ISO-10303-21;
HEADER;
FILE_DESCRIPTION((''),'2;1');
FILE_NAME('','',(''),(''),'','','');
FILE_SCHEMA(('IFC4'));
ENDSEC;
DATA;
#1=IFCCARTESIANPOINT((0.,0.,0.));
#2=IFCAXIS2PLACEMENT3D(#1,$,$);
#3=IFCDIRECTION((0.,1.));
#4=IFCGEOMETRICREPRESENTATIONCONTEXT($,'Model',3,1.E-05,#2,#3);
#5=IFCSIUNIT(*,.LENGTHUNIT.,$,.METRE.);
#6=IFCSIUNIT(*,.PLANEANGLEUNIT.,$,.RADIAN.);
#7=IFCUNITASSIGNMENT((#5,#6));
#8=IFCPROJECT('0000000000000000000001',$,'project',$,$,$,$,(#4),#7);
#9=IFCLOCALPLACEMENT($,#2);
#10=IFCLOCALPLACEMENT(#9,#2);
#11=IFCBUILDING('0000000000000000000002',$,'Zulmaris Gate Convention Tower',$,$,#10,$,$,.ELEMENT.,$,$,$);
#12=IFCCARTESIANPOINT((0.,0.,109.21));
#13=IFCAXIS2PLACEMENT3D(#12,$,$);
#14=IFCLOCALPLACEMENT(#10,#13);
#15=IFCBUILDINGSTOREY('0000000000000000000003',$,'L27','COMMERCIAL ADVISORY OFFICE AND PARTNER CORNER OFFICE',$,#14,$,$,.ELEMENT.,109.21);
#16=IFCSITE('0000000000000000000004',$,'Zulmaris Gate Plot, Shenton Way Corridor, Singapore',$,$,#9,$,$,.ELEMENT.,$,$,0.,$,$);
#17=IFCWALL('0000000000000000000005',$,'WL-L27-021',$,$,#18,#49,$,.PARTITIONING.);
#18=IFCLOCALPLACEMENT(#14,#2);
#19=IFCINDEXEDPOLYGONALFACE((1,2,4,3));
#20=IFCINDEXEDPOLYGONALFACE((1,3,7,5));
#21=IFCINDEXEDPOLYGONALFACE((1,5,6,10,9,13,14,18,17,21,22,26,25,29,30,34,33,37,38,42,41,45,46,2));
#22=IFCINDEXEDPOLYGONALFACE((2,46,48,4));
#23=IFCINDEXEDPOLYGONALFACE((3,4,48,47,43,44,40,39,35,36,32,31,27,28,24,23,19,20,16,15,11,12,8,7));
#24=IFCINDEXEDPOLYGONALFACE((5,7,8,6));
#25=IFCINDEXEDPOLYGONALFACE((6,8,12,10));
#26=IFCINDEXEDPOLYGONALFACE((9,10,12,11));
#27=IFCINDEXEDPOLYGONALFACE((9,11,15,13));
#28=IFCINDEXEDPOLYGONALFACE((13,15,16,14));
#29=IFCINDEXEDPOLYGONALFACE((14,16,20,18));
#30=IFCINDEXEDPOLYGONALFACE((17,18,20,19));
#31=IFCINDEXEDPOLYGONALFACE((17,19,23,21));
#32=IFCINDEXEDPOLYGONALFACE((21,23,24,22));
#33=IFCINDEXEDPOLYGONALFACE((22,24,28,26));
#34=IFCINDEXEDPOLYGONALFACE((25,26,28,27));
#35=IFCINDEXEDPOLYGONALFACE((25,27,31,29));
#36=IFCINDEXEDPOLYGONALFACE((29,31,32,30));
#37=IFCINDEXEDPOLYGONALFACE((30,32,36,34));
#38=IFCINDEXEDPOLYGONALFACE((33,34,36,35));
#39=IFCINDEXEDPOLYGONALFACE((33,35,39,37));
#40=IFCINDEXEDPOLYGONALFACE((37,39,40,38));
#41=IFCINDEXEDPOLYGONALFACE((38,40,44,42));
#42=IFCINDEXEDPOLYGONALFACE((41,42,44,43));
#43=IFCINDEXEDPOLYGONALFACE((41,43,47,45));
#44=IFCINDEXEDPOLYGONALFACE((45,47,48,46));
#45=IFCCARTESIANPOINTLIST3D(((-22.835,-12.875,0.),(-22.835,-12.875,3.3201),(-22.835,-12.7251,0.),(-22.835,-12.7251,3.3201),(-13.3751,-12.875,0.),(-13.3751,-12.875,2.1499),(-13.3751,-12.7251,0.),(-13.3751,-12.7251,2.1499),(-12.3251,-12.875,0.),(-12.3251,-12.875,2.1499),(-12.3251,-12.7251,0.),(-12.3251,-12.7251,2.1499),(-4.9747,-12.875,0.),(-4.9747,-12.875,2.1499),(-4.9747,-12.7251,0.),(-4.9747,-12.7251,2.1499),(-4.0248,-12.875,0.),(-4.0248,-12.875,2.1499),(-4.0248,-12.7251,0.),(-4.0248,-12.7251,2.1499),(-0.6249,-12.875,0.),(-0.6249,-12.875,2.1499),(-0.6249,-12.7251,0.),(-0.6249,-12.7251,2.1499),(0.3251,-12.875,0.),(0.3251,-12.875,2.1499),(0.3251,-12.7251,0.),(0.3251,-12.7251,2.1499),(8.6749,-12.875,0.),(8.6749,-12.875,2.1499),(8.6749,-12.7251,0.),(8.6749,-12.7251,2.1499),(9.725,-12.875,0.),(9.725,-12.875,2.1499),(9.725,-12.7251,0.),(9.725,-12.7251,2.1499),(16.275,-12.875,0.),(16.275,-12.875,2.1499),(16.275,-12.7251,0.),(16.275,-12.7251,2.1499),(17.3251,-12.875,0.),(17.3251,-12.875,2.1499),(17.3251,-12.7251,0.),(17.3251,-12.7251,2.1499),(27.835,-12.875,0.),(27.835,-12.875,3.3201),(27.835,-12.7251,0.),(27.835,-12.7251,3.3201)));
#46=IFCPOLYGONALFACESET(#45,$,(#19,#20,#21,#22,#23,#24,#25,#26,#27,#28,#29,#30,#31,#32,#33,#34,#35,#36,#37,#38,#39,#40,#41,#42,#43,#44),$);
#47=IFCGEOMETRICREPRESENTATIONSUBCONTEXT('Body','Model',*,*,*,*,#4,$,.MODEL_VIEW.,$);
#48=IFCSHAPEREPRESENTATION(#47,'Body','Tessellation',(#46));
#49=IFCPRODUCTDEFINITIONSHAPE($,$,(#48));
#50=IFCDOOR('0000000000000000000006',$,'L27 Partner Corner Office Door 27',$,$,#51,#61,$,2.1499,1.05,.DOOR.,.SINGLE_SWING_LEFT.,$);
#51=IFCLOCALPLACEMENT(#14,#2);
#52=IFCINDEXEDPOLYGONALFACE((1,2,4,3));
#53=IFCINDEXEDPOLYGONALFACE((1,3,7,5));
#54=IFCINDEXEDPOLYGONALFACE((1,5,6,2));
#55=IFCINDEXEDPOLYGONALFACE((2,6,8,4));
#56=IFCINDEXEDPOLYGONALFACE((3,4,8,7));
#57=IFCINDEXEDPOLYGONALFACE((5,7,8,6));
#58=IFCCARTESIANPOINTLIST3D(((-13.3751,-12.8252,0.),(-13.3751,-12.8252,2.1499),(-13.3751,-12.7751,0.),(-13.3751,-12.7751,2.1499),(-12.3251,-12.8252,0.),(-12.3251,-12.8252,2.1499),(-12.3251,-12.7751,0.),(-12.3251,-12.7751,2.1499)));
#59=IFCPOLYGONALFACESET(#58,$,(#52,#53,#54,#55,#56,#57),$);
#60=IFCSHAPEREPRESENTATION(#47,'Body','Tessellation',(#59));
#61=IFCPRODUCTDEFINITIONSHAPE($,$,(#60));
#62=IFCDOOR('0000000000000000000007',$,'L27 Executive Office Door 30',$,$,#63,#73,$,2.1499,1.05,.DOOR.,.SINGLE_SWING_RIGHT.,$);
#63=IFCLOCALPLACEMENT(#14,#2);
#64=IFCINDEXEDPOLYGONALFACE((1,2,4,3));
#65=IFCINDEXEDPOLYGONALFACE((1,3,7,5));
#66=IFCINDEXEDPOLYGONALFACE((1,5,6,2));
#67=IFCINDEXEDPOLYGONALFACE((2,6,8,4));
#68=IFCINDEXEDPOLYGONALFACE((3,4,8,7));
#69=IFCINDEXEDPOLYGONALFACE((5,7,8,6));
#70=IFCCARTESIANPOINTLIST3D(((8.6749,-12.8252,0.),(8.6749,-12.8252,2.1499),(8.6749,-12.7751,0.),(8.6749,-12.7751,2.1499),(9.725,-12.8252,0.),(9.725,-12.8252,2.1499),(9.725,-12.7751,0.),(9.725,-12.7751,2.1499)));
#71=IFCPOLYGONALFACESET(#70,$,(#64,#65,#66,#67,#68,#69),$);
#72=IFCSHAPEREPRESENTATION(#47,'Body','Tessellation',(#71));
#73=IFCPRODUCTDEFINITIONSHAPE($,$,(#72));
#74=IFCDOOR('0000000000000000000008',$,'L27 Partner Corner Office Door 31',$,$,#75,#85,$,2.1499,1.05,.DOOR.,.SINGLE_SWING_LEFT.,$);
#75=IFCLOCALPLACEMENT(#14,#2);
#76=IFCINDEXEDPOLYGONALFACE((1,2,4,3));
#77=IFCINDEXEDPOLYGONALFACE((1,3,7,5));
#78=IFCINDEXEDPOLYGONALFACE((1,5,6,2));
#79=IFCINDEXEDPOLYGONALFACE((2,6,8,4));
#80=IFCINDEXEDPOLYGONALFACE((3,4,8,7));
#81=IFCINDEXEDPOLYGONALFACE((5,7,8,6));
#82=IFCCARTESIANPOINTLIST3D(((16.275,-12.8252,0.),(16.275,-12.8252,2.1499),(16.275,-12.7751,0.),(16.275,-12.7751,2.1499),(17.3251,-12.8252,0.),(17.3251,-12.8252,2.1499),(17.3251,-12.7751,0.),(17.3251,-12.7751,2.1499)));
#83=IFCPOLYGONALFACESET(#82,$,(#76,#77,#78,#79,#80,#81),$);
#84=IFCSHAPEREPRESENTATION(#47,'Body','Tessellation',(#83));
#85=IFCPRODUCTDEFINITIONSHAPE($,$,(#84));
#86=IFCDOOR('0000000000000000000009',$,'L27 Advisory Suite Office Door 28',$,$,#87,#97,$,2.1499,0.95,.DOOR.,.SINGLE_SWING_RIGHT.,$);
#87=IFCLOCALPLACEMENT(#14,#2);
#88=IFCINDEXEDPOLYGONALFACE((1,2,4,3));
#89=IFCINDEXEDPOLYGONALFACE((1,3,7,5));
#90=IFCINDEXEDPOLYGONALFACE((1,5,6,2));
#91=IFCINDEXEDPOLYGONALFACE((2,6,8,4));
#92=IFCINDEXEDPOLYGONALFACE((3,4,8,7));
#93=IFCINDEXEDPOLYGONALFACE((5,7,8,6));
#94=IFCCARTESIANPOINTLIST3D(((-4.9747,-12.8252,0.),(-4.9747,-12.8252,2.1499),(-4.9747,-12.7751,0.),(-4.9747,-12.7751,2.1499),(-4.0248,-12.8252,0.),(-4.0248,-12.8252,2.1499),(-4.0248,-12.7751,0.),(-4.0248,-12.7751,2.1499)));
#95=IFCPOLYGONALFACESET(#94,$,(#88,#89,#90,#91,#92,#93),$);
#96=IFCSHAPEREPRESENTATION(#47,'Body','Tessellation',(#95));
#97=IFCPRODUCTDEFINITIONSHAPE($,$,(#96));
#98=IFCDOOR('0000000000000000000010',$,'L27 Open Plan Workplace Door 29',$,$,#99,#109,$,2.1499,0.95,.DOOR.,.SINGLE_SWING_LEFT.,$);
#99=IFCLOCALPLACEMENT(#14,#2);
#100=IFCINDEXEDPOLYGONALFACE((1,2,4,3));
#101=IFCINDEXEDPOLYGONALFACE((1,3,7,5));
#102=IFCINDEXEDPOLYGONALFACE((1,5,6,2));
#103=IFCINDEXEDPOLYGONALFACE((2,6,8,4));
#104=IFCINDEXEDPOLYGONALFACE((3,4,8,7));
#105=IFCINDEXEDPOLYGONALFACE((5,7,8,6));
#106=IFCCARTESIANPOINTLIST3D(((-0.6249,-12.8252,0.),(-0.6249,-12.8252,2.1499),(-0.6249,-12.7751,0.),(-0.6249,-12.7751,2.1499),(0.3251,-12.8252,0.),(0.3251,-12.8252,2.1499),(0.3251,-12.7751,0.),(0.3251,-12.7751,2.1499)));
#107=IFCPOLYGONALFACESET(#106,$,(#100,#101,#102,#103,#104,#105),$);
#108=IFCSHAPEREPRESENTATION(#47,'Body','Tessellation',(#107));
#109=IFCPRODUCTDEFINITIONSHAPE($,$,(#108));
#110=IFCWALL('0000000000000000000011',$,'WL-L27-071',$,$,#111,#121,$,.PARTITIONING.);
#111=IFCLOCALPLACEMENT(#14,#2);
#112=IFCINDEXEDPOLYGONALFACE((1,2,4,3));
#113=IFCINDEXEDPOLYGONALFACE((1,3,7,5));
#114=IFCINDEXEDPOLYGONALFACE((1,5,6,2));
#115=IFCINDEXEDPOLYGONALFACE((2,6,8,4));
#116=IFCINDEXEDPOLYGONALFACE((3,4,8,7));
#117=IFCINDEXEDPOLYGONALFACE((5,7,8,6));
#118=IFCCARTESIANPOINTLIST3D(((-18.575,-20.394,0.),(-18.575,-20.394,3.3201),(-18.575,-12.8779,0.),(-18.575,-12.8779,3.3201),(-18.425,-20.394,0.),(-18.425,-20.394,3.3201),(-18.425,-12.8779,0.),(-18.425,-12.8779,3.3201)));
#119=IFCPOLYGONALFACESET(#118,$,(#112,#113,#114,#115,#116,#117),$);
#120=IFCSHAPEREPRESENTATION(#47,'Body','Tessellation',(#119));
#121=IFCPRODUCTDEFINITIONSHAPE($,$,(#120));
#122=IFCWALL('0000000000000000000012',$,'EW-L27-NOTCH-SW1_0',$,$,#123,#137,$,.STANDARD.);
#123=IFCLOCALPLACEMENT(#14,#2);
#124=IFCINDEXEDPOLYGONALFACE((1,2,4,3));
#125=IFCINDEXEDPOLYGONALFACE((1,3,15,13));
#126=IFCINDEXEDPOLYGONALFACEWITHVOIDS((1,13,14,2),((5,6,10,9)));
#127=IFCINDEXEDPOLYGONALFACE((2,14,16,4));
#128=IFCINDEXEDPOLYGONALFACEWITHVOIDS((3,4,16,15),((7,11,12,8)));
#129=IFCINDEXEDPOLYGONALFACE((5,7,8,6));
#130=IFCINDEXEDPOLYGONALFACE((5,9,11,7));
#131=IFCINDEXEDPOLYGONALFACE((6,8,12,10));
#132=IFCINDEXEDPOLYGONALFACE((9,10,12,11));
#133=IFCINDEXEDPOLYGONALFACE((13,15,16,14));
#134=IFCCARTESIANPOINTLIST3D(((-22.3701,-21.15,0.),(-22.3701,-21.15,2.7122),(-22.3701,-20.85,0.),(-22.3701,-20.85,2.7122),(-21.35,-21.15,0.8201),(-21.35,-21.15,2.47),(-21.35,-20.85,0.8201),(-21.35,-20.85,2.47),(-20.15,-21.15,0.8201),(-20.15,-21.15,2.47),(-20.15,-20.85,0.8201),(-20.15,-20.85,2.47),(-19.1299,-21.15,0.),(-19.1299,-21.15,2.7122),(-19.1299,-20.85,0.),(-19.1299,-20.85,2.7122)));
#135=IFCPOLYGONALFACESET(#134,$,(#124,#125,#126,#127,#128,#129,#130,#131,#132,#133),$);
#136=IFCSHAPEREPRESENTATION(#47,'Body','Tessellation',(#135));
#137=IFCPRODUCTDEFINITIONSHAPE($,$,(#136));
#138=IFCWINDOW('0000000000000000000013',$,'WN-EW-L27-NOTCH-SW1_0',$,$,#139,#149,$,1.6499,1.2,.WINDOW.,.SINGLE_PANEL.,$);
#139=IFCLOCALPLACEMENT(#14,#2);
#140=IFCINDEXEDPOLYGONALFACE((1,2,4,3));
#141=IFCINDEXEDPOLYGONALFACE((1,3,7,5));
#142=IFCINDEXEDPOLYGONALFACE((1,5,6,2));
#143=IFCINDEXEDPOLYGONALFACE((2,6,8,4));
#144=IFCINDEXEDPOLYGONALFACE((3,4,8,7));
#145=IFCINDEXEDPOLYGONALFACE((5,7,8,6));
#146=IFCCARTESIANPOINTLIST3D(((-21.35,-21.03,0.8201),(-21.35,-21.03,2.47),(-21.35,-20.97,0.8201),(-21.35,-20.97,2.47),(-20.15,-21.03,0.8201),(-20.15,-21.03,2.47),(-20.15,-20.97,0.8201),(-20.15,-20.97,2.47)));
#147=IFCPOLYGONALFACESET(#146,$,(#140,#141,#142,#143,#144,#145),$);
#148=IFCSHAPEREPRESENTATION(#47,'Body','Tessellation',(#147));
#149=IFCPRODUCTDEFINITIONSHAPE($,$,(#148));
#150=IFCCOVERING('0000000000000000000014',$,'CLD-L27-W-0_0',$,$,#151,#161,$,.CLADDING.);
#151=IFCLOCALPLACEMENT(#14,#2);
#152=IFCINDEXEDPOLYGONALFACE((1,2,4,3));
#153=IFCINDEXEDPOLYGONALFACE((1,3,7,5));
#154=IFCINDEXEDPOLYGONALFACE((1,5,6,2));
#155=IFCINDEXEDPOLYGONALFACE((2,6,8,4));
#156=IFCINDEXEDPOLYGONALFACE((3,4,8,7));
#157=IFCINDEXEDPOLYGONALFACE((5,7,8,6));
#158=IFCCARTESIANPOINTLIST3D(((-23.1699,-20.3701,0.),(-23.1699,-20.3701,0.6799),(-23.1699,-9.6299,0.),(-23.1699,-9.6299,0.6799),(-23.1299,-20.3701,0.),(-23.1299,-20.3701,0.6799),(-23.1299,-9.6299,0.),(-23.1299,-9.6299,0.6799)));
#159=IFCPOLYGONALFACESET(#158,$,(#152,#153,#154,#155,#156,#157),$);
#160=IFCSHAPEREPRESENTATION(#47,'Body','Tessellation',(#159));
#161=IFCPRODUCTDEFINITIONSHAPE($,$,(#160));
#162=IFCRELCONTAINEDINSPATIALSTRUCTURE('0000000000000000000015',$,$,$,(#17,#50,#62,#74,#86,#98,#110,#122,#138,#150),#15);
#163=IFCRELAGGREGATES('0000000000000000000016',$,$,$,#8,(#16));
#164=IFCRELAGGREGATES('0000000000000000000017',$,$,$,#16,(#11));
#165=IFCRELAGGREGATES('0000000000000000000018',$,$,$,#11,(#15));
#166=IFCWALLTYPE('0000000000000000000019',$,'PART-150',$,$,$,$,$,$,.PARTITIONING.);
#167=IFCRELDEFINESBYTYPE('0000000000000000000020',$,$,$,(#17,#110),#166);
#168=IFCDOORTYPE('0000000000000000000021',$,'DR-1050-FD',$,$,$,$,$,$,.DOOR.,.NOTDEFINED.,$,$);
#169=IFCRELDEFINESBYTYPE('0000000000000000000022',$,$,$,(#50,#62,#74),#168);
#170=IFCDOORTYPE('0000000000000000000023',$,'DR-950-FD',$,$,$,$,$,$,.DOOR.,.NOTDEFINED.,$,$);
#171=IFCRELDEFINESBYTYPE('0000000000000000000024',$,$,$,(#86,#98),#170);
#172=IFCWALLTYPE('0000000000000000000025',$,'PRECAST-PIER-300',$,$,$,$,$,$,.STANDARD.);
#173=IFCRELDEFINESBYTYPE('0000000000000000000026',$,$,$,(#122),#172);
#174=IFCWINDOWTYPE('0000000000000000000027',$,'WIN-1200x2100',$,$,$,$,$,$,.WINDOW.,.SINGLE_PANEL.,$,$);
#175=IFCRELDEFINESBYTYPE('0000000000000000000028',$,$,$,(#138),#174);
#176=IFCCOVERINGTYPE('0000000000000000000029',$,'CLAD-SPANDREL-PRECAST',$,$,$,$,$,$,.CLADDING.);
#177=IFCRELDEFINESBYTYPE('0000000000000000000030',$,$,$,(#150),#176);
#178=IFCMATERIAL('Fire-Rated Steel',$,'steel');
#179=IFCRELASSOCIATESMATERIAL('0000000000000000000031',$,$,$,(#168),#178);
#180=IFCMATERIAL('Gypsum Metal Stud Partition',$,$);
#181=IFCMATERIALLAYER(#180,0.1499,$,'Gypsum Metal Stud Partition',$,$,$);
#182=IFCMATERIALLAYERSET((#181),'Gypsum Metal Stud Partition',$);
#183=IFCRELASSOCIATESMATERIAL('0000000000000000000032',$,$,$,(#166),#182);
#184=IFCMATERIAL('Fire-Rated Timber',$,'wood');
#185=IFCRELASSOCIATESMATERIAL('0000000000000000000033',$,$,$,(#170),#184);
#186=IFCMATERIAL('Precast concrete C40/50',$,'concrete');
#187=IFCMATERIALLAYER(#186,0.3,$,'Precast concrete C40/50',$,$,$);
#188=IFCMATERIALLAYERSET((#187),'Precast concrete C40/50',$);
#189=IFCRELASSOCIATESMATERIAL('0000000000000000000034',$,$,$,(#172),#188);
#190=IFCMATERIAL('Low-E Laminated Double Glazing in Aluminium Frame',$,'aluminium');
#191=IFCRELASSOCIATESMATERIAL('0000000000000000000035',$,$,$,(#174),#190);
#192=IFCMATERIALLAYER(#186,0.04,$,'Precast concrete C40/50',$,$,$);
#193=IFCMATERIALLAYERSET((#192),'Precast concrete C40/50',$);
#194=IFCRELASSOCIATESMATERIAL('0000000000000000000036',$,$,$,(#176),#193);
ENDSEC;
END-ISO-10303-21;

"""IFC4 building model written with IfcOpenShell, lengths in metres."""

from ifc_helpers import new_model, si_unit, direction, frame, frame_2d, origin, place, context, subcontext, project, spatial, rectangle, extrude, material, layer, layer_set, type_object, element, fill, save


model = new_model("IFC4")

# Units and contexts
model_context = context("Model", 3, precision=1e-05, world=origin(), true_north=direction((0.0, 1.0)))
body_context = subcontext(model_context, "Body", "Model", "MODEL_VIEW")
ifc_project = project(units=[si_unit("LENGTHUNIT", "METRE"), si_unit("PLANEANGLEUNIT", "RADIAN")], contexts=[model_context])

# Site, building, storey
site_placement = place(None, origin())
site = spatial("IfcSite", under=ifc_project, at=site_placement, Name="Zulmaris Gate Plot, Shenton Way Corridor, Singapore", CompositionType="ELEMENT", RefElevation=0.0)
building_placement = place(site_placement, origin())
building = spatial("IfcBuilding", under=site, at=building_placement, Name="Zulmaris Gate Convention Tower", CompositionType="ELEMENT")
storey_placement = place(building_placement, frame((0.0, 0.0, 109.21)))
storey = spatial("IfcBuildingStorey", under=building, at=storey_placement, Name="L27", Description="COMMERCIAL ADVISORY OFFICE AND PARTNER CORNER OFFICE", CompositionType="ELEMENT", Elevation=109.21)

# Shared definitions
ifc_material_1 = material(Name="Fire-Rated Steel", Category="steel")
door_type_1 = type_object("IfcDoorType", Name="DR-1050-FD", OperationType="NOTDEFINED", PredefinedType="DOOR", material=ifc_material_1)

# Wall, openings, doors
ifc_material_2 = material(Name="Gypsum Metal Stud Partition")
ifc_layer_1 = layer(ifc_material_2, 0.1499, Name="Gypsum Metal Stud Partition")
ifc_layer_set_1 = layer_set([ifc_layer_1], Name="Gypsum Metal Stud Partition")
wall_type_1 = type_object("IfcWallType", Name="PART-150", PredefinedType="PARTITIONING", material=ifc_layer_set_1)
wall_1_placement = place(storey_placement, frame((-22.835, -12.8, 0.0), z_axis=(0.0, 0.0, 1.0), x_axis=(1.0, 0.0, 0.0)))
wall_1 = element("IfcWall", 1, at=wall_1_placement, inside=storey, type_object=wall_type_1, Name="WL-L27-021", PredefinedType="PARTITIONING", context=body_context, shape_type="SweptSolid", body=[
    extrude(rectangle(XDim=50.6699, YDim=0.1499, at=frame_2d((25.335, 0.0))), origin(), (0.0, 0.0, 1.0), 3.3201),
])
opening_1_placement = place(wall_1_placement, frame((9.46, 0.0, 0.0)))
opening_1 = element("IfcOpeningElement", 2, at=opening_1_placement, cuts=wall_1, PredefinedType="OPENING", context=body_context, shape_type="SweptSolid", body=[
    extrude(rectangle(XDim=1.05, YDim=2.1499, at=frame_2d((0.5249, 1.075))), frame((0.0, 0.085, 0.0), z_axis=(0.0, -1.0, 0.0), x_axis=(1.0, 0.0, 0.0)), (0.0, 0.0, 1.0), 0.1699),
])
opening_2_placement = place(wall_1_placement, frame((17.8601, 0.0, 0.0)))
opening_2 = element("IfcOpeningElement", 3, at=opening_2_placement, cuts=wall_1, PredefinedType="OPENING", context=body_context, shape_type="SweptSolid", body=[
    extrude(rectangle(XDim=0.95, YDim=2.1499, at=frame_2d((0.4751, 1.075))), frame((0.0, 0.085, 0.0), z_axis=(0.0, -1.0, 0.0), x_axis=(1.0, 0.0, 0.0)), (0.0, 0.0, 1.0), 0.1699),
])
opening_3_placement = place(wall_1_placement, frame((22.21, 0.0, 0.0)))
opening_3 = element("IfcOpeningElement", 4, at=opening_3_placement, cuts=wall_1, PredefinedType="OPENING", context=body_context, shape_type="SweptSolid", body=[
    extrude(rectangle(XDim=0.95, YDim=2.1499, at=frame_2d((0.4751, 1.075))), frame((0.0, 0.085, 0.0), z_axis=(0.0, -1.0, 0.0), x_axis=(1.0, 0.0, 0.0)), (0.0, 0.0, 1.0), 0.1699),
])
opening_4_placement = place(wall_1_placement, frame((31.51, 0.0, 0.0)))
opening_4 = element("IfcOpeningElement", 5, at=opening_4_placement, cuts=wall_1, PredefinedType="OPENING", context=body_context, shape_type="SweptSolid", body=[
    extrude(rectangle(XDim=1.05, YDim=2.1499, at=frame_2d((0.5249, 1.075))), frame((0.0, 0.085, 0.0), z_axis=(0.0, -1.0, 0.0), x_axis=(1.0, 0.0, 0.0)), (0.0, 0.0, 1.0), 0.1699),
])
opening_5_placement = place(wall_1_placement, frame((39.1101, 0.0, 0.0)))
opening_5 = element("IfcOpeningElement", 6, at=opening_5_placement, cuts=wall_1, PredefinedType="OPENING", context=body_context, shape_type="SweptSolid", body=[
    extrude(rectangle(XDim=1.05, YDim=2.1499, at=frame_2d((0.5249, 1.075))), frame((0.0, 0.085, 0.0), z_axis=(0.0, -1.0, 0.0), x_axis=(1.0, 0.0, 0.0)), (0.0, 0.0, 1.0), 0.1699),
])
door_1_placement = place(opening_1_placement, origin())
door_1 = element("IfcDoor", 7, at=door_1_placement, inside=storey, type_object=door_type_1, Name="L27 Partner Corner Office Door 27", OperationType="SINGLE_SWING_LEFT", OverallHeight=2.1499, OverallWidth=1.05, PredefinedType="DOOR", context=body_context, shape_type="SweptSolid", body=[
    extrude(rectangle(XDim=1.05, YDim=2.1499, at=frame_2d((0.5249, 1.075))), frame((0.0, 0.0249, 0.0), z_axis=(0.0, -1.0, 0.0), x_axis=(1.0, 0.0, 0.0)), (0.0, 0.0, 1.0), 0.05),
])
fill(opening_1, door_1)
door_2_placement = place(opening_4_placement, origin())
door_2 = element("IfcDoor", 8, at=door_2_placement, inside=storey, type_object=door_type_1, Name="L27 Executive Office Door 30", OperationType="SINGLE_SWING_RIGHT", OverallHeight=2.1499, OverallWidth=1.05, PredefinedType="DOOR", context=body_context, shape_type="SweptSolid", body=[
    extrude(rectangle(XDim=1.05, YDim=2.1499, at=frame_2d((0.5249, 1.075))), frame((0.0, 0.0249, 0.0), z_axis=(0.0, -1.0, 0.0), x_axis=(1.0, 0.0, 0.0)), (0.0, 0.0, 1.0), 0.05),
])
fill(opening_4, door_2)
door_3_placement = place(opening_5_placement, origin())
door_3 = element("IfcDoor", 9, at=door_3_placement, inside=storey, type_object=door_type_1, Name="L27 Partner Corner Office Door 31", OperationType="SINGLE_SWING_LEFT", OverallHeight=2.1499, OverallWidth=1.05, PredefinedType="DOOR", context=body_context, shape_type="SweptSolid", body=[
    extrude(rectangle(XDim=1.05, YDim=2.1499, at=frame_2d((0.5249, 1.075))), frame((0.0, 0.0249, 0.0), z_axis=(0.0, -1.0, 0.0), x_axis=(1.0, 0.0, 0.0)), (0.0, 0.0, 1.0), 0.05),
])
fill(opening_5, door_3)
ifc_material_3 = material(Name="Fire-Rated Timber", Category="wood")
door_type_2 = type_object("IfcDoorType", Name="DR-950-FD", OperationType="NOTDEFINED", PredefinedType="DOOR", material=ifc_material_3)
door_4_placement = place(opening_2_placement, origin())
door_4 = element("IfcDoor", 10, at=door_4_placement, inside=storey, type_object=door_type_2, Name="L27 Advisory Suite Office Door 28", OperationType="SINGLE_SWING_RIGHT", OverallHeight=2.1499, OverallWidth=0.95, PredefinedType="DOOR", context=body_context, shape_type="SweptSolid", body=[
    extrude(rectangle(XDim=0.95, YDim=2.1499, at=frame_2d((0.4751, 1.075))), frame((0.0, 0.0249, 0.0), z_axis=(0.0, -1.0, 0.0), x_axis=(1.0, 0.0, 0.0)), (0.0, 0.0, 1.0), 0.05),
])
fill(opening_2, door_4)
door_5_placement = place(opening_3_placement, origin())
door_5 = element("IfcDoor", 11, at=door_5_placement, inside=storey, type_object=door_type_2, Name="L27 Open Plan Workplace Door 29", OperationType="SINGLE_SWING_LEFT", OverallHeight=2.1499, OverallWidth=0.95, PredefinedType="DOOR", context=body_context, shape_type="SweptSolid", body=[
    extrude(rectangle(XDim=0.95, YDim=2.1499, at=frame_2d((0.4751, 1.075))), frame((0.0, 0.0249, 0.0), z_axis=(0.0, -1.0, 0.0), x_axis=(1.0, 0.0, 0.0)), (0.0, 0.0, 1.0), 0.05),
])
fill(opening_3, door_5)

# Wall
wall_2_placement = place(storey_placement, frame((-18.5, -20.394, 0.0), z_axis=(0.0, 0.0, 1.0), x_axis=(0.0, 1.0, 0.0)))
element("IfcWall", 12, at=wall_2_placement, inside=storey, type_object=wall_type_1, Name="WL-L27-071", PredefinedType="PARTITIONING", context=body_context, shape_type="SweptSolid", body=[
    extrude(rectangle(XDim=7.5161, YDim=0.1499, at=frame_2d((3.7581, 0.0))), origin(), (0.0, 0.0, 1.0), 3.3201),
])

# Wall, opening, window
ifc_material_4 = material(Name="Precast concrete C40/50", Category="concrete")
ifc_layer_2 = layer(ifc_material_4, 0.3, Name="Precast concrete C40/50")
ifc_layer_set_2 = layer_set([ifc_layer_2], Name="Precast concrete C40/50")
wall_type_2 = type_object("IfcWallType", Name="PRECAST-PIER-300", PredefinedType="STANDARD", material=ifc_layer_set_2)
wall_3_placement = place(storey_placement, frame((-22.3701, -21.0, 0.0), z_axis=(0.0, 0.0, 1.0), x_axis=(1.0, 0.0, 0.0)))
wall_3 = element("IfcWall", 13, at=wall_3_placement, inside=storey, type_object=wall_type_2, Name="EW-L27-NOTCH-SW1_0", PredefinedType="STANDARD", context=body_context, shape_type="SweptSolid", body=[
    extrude(rectangle(XDim=3.2402, YDim=0.3, at=frame_2d((1.6201, 0.0))), origin(), (0.0, 0.0, 1.0), 2.7122),
])
opening_6_placement = place(wall_3_placement, frame((1.02, 0.0, 0.8201)))
opening_6 = element("IfcOpeningElement", 14, at=opening_6_placement, cuts=wall_3, PredefinedType="OPENING", context=body_context, shape_type="SweptSolid", body=[
    extrude(rectangle(XDim=1.2, YDim=1.6499, at=frame_2d((0.6001, 0.825))), frame((0.0, 0.1602, 0.0), z_axis=(0.0, -1.0, 0.0), x_axis=(1.0, 0.0, 0.0)), (0.0, 0.0, 1.0), 0.3201),
])
ifc_material_5 = material(Name="Low-E Laminated Double Glazing in Aluminium Frame", Category="aluminium")
window_type = type_object("IfcWindowType", Name="WIN-1200x2100", PartitioningType="SINGLE_PANEL", PredefinedType="WINDOW", material=ifc_material_5)
window_placement = place(opening_6_placement, origin())
window = element("IfcWindow", 15, at=window_placement, inside=storey, type_object=window_type, Name="WN-EW-L27-NOTCH-SW1_0", OverallHeight=1.6499, OverallWidth=1.2, PartitioningType="SINGLE_PANEL", PredefinedType="WINDOW", context=body_context, shape_type="SweptSolid", body=[
    extrude(rectangle(XDim=1.2, YDim=1.6499, at=frame_2d((0.6001, 0.825))), frame((0.0, 0.03, 0.0), z_axis=(0.0, -1.0, 0.0), x_axis=(1.0, 0.0, 0.0)), (0.0, 0.0, 1.0), 0.0601),
])
fill(opening_6, window)

# Covering
ifc_layer_3 = layer(ifc_material_4, 0.04, Name="Precast concrete C40/50")
ifc_layer_set_3 = layer_set([ifc_layer_3], Name="Precast concrete C40/50")
covering_type = type_object("IfcCoveringType", Name="CLAD-SPANDREL-PRECAST", PredefinedType="CLADDING", material=ifc_layer_set_3)
covering_placement = place(storey_placement, frame((-23.1499, -9.6299, 0.0), z_axis=(0.0, 0.0, 1.0), x_axis=(0.0, -1.0, 0.0)))
element("IfcCovering", 16, at=covering_placement, inside=storey, type_object=covering_type, Name="CLD-L27-W-0_0", PredefinedType="CLADDING", context=body_context, shape_type="SweptSolid", body=[
    extrude(rectangle(XDim=10.7402, YDim=0.04, at=frame_2d((5.3701, 0.0))), origin(), (0.0, 0.0, 1.0), 0.6799),
])

save(model, "model.ifc")
